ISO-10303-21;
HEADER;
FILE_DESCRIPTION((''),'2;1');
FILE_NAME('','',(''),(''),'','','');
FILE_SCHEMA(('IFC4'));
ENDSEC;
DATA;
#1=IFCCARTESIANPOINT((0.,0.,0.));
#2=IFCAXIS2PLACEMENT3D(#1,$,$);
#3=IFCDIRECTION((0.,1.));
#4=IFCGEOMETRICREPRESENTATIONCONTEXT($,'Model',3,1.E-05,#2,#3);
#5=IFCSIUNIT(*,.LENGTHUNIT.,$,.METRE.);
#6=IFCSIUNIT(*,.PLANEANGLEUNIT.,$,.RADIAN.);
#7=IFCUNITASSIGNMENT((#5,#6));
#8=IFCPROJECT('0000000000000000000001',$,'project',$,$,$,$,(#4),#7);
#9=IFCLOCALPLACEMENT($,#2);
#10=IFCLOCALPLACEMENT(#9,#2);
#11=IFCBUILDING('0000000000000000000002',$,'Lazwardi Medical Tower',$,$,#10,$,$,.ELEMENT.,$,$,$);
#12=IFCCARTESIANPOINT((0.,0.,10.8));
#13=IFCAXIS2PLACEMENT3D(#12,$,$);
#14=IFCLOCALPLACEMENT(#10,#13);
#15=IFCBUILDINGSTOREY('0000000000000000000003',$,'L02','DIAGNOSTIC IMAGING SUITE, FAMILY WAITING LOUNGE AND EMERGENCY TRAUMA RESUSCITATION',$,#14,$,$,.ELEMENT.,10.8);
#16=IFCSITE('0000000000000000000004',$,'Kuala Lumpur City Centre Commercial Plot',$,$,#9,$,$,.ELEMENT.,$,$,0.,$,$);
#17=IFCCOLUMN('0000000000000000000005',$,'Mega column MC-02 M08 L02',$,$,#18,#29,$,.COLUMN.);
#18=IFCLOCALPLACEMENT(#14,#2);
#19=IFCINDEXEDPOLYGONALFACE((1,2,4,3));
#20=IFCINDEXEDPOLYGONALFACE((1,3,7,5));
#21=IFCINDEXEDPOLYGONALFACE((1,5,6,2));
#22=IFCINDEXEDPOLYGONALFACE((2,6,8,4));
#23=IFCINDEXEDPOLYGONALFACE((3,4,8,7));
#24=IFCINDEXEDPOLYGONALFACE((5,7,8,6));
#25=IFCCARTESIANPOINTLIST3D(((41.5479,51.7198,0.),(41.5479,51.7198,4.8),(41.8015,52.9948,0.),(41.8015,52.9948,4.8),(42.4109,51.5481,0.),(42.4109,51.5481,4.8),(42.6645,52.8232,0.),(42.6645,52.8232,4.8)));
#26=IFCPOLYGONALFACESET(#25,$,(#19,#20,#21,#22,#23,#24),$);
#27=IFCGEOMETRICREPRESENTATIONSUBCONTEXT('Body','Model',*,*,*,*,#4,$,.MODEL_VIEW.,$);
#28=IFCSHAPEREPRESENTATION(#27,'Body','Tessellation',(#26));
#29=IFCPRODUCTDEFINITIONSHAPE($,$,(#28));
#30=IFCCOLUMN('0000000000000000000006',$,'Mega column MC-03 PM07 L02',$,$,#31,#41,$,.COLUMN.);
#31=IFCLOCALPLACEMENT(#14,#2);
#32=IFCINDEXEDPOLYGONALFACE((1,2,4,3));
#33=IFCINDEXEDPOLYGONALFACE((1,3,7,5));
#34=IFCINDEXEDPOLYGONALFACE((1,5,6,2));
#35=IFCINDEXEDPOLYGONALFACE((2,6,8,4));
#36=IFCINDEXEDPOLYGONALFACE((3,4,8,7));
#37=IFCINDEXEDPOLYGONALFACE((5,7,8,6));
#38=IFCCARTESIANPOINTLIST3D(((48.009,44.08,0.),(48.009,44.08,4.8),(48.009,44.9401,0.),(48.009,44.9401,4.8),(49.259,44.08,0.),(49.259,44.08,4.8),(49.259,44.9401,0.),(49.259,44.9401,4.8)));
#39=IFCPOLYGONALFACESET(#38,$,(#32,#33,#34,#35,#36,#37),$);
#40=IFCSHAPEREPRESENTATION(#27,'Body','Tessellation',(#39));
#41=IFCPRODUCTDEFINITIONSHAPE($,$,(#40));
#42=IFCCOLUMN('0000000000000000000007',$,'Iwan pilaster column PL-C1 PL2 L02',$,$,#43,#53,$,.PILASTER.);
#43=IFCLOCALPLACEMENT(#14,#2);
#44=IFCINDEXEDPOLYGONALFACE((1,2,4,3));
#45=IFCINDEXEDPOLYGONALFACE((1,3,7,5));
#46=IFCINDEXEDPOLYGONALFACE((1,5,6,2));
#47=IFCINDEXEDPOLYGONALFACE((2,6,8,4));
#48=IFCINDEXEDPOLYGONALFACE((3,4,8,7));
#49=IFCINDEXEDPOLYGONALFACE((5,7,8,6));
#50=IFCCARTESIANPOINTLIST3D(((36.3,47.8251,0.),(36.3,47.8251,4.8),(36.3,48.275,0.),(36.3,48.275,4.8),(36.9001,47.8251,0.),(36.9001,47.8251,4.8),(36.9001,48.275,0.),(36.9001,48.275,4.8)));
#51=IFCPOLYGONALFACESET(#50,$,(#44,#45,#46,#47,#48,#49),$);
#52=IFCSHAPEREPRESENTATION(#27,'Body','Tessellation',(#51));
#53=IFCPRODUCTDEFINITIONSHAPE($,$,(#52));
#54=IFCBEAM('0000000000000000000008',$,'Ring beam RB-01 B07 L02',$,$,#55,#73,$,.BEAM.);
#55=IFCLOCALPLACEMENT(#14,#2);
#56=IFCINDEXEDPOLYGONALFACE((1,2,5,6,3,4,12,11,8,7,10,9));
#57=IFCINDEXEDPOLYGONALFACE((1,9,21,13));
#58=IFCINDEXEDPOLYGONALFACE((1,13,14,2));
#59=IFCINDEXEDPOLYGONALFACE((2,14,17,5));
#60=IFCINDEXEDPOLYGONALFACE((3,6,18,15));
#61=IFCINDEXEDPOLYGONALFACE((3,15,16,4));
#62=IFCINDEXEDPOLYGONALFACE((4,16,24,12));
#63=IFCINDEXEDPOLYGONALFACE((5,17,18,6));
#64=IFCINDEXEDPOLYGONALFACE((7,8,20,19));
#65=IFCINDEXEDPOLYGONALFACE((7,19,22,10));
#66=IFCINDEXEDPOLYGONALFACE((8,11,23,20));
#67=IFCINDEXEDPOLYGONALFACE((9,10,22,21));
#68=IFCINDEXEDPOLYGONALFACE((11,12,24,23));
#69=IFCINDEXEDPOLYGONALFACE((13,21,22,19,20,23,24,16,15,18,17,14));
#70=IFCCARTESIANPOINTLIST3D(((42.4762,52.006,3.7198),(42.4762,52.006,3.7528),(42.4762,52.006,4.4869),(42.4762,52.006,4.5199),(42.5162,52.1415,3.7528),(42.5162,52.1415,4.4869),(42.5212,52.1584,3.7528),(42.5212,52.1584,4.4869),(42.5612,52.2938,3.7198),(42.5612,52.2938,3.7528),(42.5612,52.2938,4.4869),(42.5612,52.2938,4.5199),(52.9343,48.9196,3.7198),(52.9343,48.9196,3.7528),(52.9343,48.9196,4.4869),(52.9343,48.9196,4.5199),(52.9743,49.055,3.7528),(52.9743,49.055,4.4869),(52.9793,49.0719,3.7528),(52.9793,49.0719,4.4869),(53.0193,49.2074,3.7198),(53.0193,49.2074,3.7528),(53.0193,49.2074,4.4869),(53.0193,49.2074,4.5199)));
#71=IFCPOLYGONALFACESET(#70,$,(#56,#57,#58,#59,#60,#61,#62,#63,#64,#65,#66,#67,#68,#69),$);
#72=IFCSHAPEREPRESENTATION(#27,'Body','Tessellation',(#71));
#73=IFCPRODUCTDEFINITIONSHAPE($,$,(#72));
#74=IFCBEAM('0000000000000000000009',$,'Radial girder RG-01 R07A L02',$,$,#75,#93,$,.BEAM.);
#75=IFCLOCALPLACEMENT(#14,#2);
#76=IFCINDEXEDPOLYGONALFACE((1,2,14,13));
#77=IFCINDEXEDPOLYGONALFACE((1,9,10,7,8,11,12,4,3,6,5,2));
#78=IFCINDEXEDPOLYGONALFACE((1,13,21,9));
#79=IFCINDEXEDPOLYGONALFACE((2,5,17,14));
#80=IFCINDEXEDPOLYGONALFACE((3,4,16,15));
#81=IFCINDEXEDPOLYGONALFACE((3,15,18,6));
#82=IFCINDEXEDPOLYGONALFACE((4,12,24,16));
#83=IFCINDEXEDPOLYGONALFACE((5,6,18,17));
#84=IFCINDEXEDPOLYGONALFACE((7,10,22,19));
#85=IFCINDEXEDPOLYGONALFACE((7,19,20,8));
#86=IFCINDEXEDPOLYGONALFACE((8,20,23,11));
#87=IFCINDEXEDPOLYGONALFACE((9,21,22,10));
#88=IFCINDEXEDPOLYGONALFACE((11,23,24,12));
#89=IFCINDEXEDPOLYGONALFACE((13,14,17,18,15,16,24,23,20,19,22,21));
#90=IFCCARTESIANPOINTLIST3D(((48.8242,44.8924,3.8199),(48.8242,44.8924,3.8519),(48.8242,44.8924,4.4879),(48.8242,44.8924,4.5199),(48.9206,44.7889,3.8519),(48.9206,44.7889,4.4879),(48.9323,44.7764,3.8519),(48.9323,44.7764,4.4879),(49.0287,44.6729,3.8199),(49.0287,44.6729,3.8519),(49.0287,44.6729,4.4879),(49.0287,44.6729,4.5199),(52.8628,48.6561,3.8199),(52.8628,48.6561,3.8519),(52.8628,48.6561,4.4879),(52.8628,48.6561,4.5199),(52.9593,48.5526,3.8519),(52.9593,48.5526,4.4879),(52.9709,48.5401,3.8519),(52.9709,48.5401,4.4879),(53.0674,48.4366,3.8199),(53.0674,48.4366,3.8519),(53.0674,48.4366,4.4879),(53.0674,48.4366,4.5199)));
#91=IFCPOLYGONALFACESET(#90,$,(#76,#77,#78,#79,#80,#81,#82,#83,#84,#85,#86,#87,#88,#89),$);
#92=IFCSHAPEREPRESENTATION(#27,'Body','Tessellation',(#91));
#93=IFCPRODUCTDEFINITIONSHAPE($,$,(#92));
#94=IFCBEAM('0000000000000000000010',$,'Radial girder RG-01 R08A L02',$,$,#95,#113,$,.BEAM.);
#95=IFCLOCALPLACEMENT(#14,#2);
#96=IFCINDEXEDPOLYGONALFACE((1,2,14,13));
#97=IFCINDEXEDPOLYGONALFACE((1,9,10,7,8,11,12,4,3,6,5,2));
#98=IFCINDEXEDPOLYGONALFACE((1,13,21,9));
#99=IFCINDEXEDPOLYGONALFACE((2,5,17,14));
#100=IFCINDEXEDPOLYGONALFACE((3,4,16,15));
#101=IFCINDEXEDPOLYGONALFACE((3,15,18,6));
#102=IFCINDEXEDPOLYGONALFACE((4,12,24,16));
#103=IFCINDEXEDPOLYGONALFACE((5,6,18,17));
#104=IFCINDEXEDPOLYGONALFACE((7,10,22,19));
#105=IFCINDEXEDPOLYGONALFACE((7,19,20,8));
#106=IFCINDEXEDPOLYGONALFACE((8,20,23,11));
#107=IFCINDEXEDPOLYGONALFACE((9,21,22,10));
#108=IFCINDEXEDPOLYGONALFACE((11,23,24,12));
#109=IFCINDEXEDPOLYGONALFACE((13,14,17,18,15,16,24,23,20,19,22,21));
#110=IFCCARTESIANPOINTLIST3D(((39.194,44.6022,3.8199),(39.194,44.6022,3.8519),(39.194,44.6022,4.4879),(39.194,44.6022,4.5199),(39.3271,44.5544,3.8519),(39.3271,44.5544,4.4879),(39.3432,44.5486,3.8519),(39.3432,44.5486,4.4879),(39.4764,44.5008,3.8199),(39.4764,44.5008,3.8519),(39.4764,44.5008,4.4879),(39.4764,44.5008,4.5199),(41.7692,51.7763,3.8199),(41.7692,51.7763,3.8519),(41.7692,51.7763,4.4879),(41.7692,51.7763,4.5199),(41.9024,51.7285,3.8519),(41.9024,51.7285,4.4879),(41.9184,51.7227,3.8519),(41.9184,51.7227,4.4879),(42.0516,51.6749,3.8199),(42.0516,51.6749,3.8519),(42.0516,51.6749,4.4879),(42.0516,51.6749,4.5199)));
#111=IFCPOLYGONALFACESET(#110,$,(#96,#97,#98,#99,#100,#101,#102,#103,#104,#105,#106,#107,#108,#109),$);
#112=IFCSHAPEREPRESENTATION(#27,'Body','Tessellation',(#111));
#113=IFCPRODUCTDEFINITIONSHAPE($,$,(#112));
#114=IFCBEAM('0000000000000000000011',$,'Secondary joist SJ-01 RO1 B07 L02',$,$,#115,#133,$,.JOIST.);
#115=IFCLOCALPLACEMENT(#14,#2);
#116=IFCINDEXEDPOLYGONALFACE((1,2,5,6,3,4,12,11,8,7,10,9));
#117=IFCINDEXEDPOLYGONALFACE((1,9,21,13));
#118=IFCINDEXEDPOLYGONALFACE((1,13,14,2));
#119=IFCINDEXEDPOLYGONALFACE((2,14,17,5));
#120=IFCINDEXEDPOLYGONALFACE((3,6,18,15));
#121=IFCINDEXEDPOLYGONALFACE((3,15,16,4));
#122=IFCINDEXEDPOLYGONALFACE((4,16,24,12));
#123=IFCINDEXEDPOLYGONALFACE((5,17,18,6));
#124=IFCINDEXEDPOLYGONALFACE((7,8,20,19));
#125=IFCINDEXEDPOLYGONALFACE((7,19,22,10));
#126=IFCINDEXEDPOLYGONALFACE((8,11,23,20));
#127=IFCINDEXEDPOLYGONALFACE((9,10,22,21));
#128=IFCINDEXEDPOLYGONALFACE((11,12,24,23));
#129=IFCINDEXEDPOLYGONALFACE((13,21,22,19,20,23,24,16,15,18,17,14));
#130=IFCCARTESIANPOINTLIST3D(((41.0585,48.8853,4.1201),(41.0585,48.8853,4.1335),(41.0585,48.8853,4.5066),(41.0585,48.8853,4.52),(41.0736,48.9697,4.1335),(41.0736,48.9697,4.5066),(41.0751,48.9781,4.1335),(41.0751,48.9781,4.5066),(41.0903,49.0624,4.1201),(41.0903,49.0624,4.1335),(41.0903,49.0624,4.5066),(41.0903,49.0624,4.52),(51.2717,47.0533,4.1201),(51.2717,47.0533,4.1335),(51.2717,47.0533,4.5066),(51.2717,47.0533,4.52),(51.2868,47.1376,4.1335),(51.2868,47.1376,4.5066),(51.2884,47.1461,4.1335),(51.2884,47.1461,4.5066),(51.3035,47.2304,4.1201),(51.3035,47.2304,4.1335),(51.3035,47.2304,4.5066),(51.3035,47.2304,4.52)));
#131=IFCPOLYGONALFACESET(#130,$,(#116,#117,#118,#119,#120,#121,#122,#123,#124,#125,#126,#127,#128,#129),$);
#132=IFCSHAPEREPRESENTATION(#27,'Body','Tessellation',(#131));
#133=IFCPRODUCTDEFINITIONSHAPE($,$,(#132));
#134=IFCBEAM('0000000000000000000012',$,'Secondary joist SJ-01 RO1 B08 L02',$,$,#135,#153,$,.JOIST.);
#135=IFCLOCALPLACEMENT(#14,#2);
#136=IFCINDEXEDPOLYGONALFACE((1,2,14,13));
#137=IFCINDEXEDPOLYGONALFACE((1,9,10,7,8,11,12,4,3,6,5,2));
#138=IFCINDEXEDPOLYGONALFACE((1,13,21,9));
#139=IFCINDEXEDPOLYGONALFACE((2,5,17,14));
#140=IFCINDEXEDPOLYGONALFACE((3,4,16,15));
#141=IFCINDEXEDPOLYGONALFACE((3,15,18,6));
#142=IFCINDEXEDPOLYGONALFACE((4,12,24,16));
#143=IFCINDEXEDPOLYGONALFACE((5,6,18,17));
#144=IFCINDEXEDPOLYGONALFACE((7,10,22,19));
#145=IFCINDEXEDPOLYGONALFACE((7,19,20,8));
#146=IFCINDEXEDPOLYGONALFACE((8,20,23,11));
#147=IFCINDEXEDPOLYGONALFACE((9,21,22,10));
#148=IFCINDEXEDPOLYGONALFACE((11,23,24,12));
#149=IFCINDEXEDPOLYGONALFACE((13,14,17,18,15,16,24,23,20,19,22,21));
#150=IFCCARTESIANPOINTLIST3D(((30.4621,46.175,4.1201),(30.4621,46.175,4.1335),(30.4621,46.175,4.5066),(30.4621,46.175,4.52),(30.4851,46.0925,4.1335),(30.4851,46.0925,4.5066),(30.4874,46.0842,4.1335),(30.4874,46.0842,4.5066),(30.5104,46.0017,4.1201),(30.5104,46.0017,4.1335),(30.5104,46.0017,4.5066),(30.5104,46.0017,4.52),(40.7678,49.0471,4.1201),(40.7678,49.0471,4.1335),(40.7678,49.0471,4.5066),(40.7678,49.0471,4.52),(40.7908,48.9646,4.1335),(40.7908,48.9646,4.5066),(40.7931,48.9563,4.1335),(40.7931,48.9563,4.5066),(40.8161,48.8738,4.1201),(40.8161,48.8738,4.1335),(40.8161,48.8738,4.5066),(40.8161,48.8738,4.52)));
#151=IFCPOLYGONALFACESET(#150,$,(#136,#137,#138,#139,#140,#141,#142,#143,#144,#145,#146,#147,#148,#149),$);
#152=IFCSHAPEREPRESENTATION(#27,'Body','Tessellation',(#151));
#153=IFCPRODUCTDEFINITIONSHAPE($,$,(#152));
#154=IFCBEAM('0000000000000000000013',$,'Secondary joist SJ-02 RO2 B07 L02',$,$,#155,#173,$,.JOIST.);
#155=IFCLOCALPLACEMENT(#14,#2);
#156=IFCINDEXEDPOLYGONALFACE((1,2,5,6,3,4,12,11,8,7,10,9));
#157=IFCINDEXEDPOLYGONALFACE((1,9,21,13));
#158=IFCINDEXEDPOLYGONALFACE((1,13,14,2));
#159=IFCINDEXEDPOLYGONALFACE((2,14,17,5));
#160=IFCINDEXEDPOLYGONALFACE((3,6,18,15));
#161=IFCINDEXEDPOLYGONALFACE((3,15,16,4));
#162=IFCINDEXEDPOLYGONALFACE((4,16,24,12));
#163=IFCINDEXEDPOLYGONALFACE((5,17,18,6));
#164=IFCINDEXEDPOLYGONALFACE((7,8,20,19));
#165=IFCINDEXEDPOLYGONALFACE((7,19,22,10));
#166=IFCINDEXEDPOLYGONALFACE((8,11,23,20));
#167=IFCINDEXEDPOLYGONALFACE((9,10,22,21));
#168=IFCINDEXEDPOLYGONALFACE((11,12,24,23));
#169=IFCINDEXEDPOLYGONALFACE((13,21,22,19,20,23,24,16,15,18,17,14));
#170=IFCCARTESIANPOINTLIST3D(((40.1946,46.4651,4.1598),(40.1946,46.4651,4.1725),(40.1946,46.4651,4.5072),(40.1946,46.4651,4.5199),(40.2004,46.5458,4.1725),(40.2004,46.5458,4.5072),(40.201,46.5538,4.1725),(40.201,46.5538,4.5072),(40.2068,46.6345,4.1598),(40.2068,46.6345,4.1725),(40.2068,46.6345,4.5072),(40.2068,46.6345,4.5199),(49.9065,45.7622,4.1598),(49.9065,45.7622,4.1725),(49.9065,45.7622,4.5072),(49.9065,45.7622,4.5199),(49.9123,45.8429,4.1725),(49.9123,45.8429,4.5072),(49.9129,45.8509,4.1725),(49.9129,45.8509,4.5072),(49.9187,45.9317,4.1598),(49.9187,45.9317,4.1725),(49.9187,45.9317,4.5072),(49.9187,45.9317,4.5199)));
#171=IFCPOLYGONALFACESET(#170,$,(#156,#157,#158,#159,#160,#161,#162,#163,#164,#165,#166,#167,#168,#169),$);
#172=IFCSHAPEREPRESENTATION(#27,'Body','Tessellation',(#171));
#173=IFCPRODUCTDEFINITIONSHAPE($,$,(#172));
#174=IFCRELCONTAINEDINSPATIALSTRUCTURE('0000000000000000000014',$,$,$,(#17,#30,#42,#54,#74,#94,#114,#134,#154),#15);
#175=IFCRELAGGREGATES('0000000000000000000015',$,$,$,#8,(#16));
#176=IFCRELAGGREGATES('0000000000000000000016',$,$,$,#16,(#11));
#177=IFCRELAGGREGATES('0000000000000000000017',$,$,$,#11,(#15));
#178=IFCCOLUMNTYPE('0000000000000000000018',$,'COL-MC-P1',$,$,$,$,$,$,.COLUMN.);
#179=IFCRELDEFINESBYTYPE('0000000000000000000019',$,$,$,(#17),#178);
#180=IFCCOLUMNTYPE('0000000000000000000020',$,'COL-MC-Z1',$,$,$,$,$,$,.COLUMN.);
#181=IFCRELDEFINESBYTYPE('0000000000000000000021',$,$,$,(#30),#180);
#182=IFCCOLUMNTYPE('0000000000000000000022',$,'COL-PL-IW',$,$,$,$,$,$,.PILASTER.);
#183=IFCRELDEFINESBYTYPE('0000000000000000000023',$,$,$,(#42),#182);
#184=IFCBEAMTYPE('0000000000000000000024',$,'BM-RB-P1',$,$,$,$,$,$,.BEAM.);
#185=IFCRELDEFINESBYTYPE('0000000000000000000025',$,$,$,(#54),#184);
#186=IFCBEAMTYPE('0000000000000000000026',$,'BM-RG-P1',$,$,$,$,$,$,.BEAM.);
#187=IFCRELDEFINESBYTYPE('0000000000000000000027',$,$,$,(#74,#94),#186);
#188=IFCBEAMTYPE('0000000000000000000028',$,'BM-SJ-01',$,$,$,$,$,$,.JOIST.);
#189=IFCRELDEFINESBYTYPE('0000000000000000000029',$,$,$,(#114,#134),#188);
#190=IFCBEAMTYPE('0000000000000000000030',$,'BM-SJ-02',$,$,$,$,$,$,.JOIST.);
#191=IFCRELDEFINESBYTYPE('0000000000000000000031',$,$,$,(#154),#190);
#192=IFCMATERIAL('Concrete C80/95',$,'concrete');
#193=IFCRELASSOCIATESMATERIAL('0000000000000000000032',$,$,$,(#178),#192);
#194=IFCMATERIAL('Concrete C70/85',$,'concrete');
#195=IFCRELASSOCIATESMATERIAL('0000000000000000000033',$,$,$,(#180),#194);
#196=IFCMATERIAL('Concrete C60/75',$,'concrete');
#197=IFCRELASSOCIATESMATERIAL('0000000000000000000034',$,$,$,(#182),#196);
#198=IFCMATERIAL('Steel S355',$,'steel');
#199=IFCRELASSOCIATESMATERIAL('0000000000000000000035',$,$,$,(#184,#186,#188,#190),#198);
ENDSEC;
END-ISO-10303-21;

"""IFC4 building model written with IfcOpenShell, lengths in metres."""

from ifc_helpers import new_model, si_unit, direction, frame, origin, origin_2d, place, context, subcontext, project, spatial, rectangle, i_section, extrude, material, material_profile, profile_set, type_object, element, save


model = new_model("IFC4")

# Units and contexts
model_context = context("Model", 3, precision=1e-05, world=origin(), true_north=direction((0.0, 1.0)))
body_context = subcontext(model_context, "Body", "Model", "MODEL_VIEW")
ifc_project = project(units=[si_unit("LENGTHUNIT", "METRE"), si_unit("PLANEANGLEUNIT", "RADIAN")], contexts=[model_context])

# Site, building, storey
site_placement = place(None, origin())
site = spatial("IfcSite", under=ifc_project, at=site_placement, Name="Kuala Lumpur City Centre Commercial Plot", CompositionType="ELEMENT", RefElevation=0.0)
building_placement = place(site_placement, origin())
building = spatial("IfcBuilding", under=site, at=building_placement, Name="Lazwardi Medical Tower", CompositionType="ELEMENT")
storey_placement = place(building_placement, frame((0.0, 0.0, 10.8)))
storey = spatial("IfcBuildingStorey", under=building, at=storey_placement, Name="L02", Description="DIAGNOSTIC IMAGING SUITE, FAMILY WAITING LOUNGE AND EMERGENCY TRAUMA RESUSCITATION", CompositionType="ELEMENT", Elevation=10.8)

# Columns
ifc_material_1 = material(Name="Concrete C80/95", Category="concrete")
ifc_material_profile_1 = material_profile(ifc_material_1, rectangle(XDim=1.3, YDim=0.8799, at=origin_2d()), Name="CFT-RECT 1300x880")
ifc_profile_set_1 = profile_set([ifc_material_profile_1], Name="Concrete C80/95")
column_type_1 = type_object("IfcColumnType", Name="COL-MC-P1", PredefinedType="COLUMN", material=ifc_profile_set_1)
column_1_placement = place(storey_placement, frame((42.1062, 52.2715, 0.0), z_axis=(0.0, 0.0, 1.0), x_axis=(0.19509, 0.980785, 0.0)))
element("IfcColumn", 1, at=column_1_placement, inside=storey, type_object=column_type_1, Name="Mega column MC-02 M08 L02", PredefinedType="COLUMN", context=body_context, shape_type="SweptSolid", body=[
    extrude(rectangle(XDim=1.3, YDim=0.8799, at=origin_2d()), origin(), (0.0, 0.0, 1.0), 4.8),
])
ifc_material_2 = material(Name="Concrete C70/85", Category="concrete")
ifc_material_profile_2 = material_profile(ifc_material_2, rectangle(XDim=1.25, YDim=0.8601, at=origin_2d()), Name="CFT-RECT 1250x860")
ifc_profile_set_2 = profile_set([ifc_material_profile_2], Name="Concrete C70/85")
column_type_2 = type_object("IfcColumnType", Name="COL-MC-Z1", PredefinedType="COLUMN", material=ifc_profile_set_2)
column_2_placement = place(storey_placement, frame((48.634, 44.51, 0.0), z_axis=(0.0, 0.0, 1.0), x_axis=(1.0, 0.0, 0.0)))
element("IfcColumn", 2, at=column_2_placement, inside=storey, type_object=column_type_2, Name="Mega column MC-03 PM07 L02", PredefinedType="COLUMN", context=body_context, shape_type="SweptSolid", body=[
    extrude(rectangle(XDim=1.25, YDim=0.8601, at=origin_2d()), origin(), (0.0, 0.0, 1.0), 4.8),
])
ifc_material_3 = material(Name="Concrete C60/75", Category="concrete")
ifc_material_profile_3 = material_profile(ifc_material_3, rectangle(XDim=0.6001, YDim=0.45, at=origin_2d()), Name="RC 600x450")
ifc_profile_set_3 = profile_set([ifc_material_profile_3], Name="Concrete C60/75")
column_type_3 = type_object("IfcColumnType", Name="COL-PL-IW", PredefinedType="PILASTER", material=ifc_profile_set_3)
column_3_placement = place(storey_placement, frame((36.6001, 48.05, 0.0), z_axis=(0.0, 0.0, 1.0), x_axis=(1.0, 0.0, 0.0)))
element("IfcColumn", 3, at=column_3_placement, inside=storey, type_object=column_type_3, Name="Iwan pilaster column PL-C1 PL2 L02", PredefinedType="PILASTER", context=body_context, shape_type="SweptSolid", body=[
    extrude(rectangle(XDim=0.6001, YDim=0.45, at=origin_2d()), origin(), (0.0, 0.0, 1.0), 4.8),
])

# Beams
ifc_material_4 = material(Name="Steel S355", Category="steel")
ifc_material_profile_4 = material_profile(ifc_material_4, i_section(OverallWidth=0.3, OverallDepth=0.8, WebThickness=0.0176, FlangeThickness=0.033, at=origin_2d()), Name="HEB 800")
ifc_profile_set_4 = profile_set([ifc_material_profile_4], Name="Steel S355")
beam_type_1 = type_object("IfcBeamType", Name="BM-RB-P1", PredefinedType="BEAM", material=ifc_profile_set_4)
beam_1_placement = place(storey_placement, frame((52.9768, 49.0635, 4.1199), z_axis=(-0.959103, 0.283056, 0.0), x_axis=(-0.283056, -0.959103, 0.0)))
element("IfcBeam", 4, at=beam_1_placement, inside=storey, type_object=beam_type_1, Name="Ring beam RB-01 B07 L02", PredefinedType="BEAM", context=body_context, shape_type="SweptSolid", body=[
    extrude(i_section(OverallWidth=0.3, OverallDepth=0.8, WebThickness=0.0176, FlangeThickness=0.033, at=origin_2d()), origin(), (0.0, 0.0, 1.0), 10.9041),
])
ifc_material_profile_5 = material_profile(ifc_material_4, i_section(OverallWidth=0.3, OverallDepth=0.7, WebThickness=0.0171, FlangeThickness=0.032, at=origin_2d()), Name="HEB 700")
ifc_profile_set_5 = profile_set([ifc_material_profile_5], Name="Steel S355")
beam_type_2 = type_object("IfcBeamType", Name="BM-RG-P1", PredefinedType="BEAM", material=ifc_profile_set_5)
beam_2_placement = place(storey_placement, frame((52.9651, 48.5464, 4.1699), z_axis=(-0.731567, -0.68177, 0.0), x_axis=(0.68177, -0.731567, 0.0)))
element("IfcBeam", 5, at=beam_2_placement, inside=storey, type_object=beam_type_2, Name="Radial girder RG-01 R07A L02", PredefinedType="BEAM", context=body_context, shape_type="SweptSolid", body=[
    extrude(i_section(OverallWidth=0.3, OverallDepth=0.7, WebThickness=0.0171, FlangeThickness=0.032, at=origin_2d()), origin(), (0.0, 0.0, 1.0), 5.5205),
])
beam_3_placement = place(storey_placement, frame((41.9104, 51.7256, 4.1699), z_axis=(-0.337852, -0.941199, 0.0), x_axis=(0.941199, -0.337852, 0.0)))
element("IfcBeam", 6, at=beam_3_placement, inside=storey, type_object=beam_type_2, Name="Radial girder RG-01 R08A L02", PredefinedType="BEAM", context=body_context, shape_type="SweptSolid", body=[
    extrude(i_section(OverallWidth=0.3, OverallDepth=0.7, WebThickness=0.0171, FlangeThickness=0.032, at=origin_2d()), origin(), (0.0, 0.0, 1.0), 7.6223),
])
ifc_material_profile_6 = material_profile(ifc_material_4, i_section(OverallWidth=0.1799, OverallDepth=0.3999, WebThickness=0.0085, FlangeThickness=0.0134, at=origin_2d()), Name="IPE 400")
ifc_profile_set_6 = profile_set([ifc_material_profile_6], Name="Steel S355")
beam_type_3 = type_object("IfcBeamType", Name="BM-SJ-01", PredefinedType="JOIST", material=ifc_profile_set_6)
beam_4_placement = place(storey_placement, frame((51.2876, 47.1418, 4.3201), z_axis=(-0.98429, 0.176562, 0.0), x_axis=(-0.176562, -0.98429, 0.0)))
element("IfcBeam", 7, at=beam_4_placement, inside=storey, type_object=beam_type_3, Name="Secondary joist SJ-01 RO1 B07 L02", PredefinedType="JOIST", context=body_context, shape_type="SweptSolid", body=[
    extrude(i_section(OverallWidth=0.1799, OverallDepth=0.3999, WebThickness=0.0085, FlangeThickness=0.0134, at=origin_2d()), origin(), (0.0, 0.0, 1.0), 10.3762),
])
beam_5_placement = place(storey_placement, frame((40.792, 48.9604, 4.3201), z_axis=(-0.963291, -0.268458, 0.0), x_axis=(0.268458, -0.963291, 0.0)))
element("IfcBeam", 8, at=beam_5_placement, inside=storey, type_object=beam_type_3, Name="Secondary joist SJ-01 RO1 B08 L02", PredefinedType="JOIST", context=body_context, shape_type="SweptSolid", body=[
    extrude(i_section(OverallWidth=0.1799, OverallDepth=0.3999, WebThickness=0.0085, FlangeThickness=0.0134, at=origin_2d()), origin(), (0.0, 0.0, 1.0), 10.6985),
])
ifc_material_profile_7 = material_profile(ifc_material_4, i_section(OverallWidth=0.1699, OverallDepth=0.3601, WebThickness=0.0081, FlangeThickness=0.0127, at=origin_2d()), Name="IPE 360")
ifc_profile_set_7 = profile_set([ifc_material_profile_7], Name="Steel S355")
beam_type_4 = type_object("IfcBeamType", Name="BM-SJ-02", PredefinedType="JOIST", material=ifc_profile_set_7)
beam_6_placement = place(storey_placement, frame((49.9126, 45.8469, 4.3398), z_axis=(-0.997391, 0.072184, 0.0), x_axis=(-0.072184, -0.997391, 0.0)))
element("IfcBeam", 9, at=beam_6_placement, inside=storey, type_object=beam_type_4, Name="Secondary joist SJ-02 RO2 B07 L02", PredefinedType="JOIST", context=body_context, shape_type="SweptSolid", body=[
    extrude(i_section(OverallWidth=0.1699, OverallDepth=0.3601, WebThickness=0.0081, FlangeThickness=0.0127, at=origin_2d()), origin(), (0.0, 0.0, 1.0), 9.7373),
])

save(model, "model.ifc")
